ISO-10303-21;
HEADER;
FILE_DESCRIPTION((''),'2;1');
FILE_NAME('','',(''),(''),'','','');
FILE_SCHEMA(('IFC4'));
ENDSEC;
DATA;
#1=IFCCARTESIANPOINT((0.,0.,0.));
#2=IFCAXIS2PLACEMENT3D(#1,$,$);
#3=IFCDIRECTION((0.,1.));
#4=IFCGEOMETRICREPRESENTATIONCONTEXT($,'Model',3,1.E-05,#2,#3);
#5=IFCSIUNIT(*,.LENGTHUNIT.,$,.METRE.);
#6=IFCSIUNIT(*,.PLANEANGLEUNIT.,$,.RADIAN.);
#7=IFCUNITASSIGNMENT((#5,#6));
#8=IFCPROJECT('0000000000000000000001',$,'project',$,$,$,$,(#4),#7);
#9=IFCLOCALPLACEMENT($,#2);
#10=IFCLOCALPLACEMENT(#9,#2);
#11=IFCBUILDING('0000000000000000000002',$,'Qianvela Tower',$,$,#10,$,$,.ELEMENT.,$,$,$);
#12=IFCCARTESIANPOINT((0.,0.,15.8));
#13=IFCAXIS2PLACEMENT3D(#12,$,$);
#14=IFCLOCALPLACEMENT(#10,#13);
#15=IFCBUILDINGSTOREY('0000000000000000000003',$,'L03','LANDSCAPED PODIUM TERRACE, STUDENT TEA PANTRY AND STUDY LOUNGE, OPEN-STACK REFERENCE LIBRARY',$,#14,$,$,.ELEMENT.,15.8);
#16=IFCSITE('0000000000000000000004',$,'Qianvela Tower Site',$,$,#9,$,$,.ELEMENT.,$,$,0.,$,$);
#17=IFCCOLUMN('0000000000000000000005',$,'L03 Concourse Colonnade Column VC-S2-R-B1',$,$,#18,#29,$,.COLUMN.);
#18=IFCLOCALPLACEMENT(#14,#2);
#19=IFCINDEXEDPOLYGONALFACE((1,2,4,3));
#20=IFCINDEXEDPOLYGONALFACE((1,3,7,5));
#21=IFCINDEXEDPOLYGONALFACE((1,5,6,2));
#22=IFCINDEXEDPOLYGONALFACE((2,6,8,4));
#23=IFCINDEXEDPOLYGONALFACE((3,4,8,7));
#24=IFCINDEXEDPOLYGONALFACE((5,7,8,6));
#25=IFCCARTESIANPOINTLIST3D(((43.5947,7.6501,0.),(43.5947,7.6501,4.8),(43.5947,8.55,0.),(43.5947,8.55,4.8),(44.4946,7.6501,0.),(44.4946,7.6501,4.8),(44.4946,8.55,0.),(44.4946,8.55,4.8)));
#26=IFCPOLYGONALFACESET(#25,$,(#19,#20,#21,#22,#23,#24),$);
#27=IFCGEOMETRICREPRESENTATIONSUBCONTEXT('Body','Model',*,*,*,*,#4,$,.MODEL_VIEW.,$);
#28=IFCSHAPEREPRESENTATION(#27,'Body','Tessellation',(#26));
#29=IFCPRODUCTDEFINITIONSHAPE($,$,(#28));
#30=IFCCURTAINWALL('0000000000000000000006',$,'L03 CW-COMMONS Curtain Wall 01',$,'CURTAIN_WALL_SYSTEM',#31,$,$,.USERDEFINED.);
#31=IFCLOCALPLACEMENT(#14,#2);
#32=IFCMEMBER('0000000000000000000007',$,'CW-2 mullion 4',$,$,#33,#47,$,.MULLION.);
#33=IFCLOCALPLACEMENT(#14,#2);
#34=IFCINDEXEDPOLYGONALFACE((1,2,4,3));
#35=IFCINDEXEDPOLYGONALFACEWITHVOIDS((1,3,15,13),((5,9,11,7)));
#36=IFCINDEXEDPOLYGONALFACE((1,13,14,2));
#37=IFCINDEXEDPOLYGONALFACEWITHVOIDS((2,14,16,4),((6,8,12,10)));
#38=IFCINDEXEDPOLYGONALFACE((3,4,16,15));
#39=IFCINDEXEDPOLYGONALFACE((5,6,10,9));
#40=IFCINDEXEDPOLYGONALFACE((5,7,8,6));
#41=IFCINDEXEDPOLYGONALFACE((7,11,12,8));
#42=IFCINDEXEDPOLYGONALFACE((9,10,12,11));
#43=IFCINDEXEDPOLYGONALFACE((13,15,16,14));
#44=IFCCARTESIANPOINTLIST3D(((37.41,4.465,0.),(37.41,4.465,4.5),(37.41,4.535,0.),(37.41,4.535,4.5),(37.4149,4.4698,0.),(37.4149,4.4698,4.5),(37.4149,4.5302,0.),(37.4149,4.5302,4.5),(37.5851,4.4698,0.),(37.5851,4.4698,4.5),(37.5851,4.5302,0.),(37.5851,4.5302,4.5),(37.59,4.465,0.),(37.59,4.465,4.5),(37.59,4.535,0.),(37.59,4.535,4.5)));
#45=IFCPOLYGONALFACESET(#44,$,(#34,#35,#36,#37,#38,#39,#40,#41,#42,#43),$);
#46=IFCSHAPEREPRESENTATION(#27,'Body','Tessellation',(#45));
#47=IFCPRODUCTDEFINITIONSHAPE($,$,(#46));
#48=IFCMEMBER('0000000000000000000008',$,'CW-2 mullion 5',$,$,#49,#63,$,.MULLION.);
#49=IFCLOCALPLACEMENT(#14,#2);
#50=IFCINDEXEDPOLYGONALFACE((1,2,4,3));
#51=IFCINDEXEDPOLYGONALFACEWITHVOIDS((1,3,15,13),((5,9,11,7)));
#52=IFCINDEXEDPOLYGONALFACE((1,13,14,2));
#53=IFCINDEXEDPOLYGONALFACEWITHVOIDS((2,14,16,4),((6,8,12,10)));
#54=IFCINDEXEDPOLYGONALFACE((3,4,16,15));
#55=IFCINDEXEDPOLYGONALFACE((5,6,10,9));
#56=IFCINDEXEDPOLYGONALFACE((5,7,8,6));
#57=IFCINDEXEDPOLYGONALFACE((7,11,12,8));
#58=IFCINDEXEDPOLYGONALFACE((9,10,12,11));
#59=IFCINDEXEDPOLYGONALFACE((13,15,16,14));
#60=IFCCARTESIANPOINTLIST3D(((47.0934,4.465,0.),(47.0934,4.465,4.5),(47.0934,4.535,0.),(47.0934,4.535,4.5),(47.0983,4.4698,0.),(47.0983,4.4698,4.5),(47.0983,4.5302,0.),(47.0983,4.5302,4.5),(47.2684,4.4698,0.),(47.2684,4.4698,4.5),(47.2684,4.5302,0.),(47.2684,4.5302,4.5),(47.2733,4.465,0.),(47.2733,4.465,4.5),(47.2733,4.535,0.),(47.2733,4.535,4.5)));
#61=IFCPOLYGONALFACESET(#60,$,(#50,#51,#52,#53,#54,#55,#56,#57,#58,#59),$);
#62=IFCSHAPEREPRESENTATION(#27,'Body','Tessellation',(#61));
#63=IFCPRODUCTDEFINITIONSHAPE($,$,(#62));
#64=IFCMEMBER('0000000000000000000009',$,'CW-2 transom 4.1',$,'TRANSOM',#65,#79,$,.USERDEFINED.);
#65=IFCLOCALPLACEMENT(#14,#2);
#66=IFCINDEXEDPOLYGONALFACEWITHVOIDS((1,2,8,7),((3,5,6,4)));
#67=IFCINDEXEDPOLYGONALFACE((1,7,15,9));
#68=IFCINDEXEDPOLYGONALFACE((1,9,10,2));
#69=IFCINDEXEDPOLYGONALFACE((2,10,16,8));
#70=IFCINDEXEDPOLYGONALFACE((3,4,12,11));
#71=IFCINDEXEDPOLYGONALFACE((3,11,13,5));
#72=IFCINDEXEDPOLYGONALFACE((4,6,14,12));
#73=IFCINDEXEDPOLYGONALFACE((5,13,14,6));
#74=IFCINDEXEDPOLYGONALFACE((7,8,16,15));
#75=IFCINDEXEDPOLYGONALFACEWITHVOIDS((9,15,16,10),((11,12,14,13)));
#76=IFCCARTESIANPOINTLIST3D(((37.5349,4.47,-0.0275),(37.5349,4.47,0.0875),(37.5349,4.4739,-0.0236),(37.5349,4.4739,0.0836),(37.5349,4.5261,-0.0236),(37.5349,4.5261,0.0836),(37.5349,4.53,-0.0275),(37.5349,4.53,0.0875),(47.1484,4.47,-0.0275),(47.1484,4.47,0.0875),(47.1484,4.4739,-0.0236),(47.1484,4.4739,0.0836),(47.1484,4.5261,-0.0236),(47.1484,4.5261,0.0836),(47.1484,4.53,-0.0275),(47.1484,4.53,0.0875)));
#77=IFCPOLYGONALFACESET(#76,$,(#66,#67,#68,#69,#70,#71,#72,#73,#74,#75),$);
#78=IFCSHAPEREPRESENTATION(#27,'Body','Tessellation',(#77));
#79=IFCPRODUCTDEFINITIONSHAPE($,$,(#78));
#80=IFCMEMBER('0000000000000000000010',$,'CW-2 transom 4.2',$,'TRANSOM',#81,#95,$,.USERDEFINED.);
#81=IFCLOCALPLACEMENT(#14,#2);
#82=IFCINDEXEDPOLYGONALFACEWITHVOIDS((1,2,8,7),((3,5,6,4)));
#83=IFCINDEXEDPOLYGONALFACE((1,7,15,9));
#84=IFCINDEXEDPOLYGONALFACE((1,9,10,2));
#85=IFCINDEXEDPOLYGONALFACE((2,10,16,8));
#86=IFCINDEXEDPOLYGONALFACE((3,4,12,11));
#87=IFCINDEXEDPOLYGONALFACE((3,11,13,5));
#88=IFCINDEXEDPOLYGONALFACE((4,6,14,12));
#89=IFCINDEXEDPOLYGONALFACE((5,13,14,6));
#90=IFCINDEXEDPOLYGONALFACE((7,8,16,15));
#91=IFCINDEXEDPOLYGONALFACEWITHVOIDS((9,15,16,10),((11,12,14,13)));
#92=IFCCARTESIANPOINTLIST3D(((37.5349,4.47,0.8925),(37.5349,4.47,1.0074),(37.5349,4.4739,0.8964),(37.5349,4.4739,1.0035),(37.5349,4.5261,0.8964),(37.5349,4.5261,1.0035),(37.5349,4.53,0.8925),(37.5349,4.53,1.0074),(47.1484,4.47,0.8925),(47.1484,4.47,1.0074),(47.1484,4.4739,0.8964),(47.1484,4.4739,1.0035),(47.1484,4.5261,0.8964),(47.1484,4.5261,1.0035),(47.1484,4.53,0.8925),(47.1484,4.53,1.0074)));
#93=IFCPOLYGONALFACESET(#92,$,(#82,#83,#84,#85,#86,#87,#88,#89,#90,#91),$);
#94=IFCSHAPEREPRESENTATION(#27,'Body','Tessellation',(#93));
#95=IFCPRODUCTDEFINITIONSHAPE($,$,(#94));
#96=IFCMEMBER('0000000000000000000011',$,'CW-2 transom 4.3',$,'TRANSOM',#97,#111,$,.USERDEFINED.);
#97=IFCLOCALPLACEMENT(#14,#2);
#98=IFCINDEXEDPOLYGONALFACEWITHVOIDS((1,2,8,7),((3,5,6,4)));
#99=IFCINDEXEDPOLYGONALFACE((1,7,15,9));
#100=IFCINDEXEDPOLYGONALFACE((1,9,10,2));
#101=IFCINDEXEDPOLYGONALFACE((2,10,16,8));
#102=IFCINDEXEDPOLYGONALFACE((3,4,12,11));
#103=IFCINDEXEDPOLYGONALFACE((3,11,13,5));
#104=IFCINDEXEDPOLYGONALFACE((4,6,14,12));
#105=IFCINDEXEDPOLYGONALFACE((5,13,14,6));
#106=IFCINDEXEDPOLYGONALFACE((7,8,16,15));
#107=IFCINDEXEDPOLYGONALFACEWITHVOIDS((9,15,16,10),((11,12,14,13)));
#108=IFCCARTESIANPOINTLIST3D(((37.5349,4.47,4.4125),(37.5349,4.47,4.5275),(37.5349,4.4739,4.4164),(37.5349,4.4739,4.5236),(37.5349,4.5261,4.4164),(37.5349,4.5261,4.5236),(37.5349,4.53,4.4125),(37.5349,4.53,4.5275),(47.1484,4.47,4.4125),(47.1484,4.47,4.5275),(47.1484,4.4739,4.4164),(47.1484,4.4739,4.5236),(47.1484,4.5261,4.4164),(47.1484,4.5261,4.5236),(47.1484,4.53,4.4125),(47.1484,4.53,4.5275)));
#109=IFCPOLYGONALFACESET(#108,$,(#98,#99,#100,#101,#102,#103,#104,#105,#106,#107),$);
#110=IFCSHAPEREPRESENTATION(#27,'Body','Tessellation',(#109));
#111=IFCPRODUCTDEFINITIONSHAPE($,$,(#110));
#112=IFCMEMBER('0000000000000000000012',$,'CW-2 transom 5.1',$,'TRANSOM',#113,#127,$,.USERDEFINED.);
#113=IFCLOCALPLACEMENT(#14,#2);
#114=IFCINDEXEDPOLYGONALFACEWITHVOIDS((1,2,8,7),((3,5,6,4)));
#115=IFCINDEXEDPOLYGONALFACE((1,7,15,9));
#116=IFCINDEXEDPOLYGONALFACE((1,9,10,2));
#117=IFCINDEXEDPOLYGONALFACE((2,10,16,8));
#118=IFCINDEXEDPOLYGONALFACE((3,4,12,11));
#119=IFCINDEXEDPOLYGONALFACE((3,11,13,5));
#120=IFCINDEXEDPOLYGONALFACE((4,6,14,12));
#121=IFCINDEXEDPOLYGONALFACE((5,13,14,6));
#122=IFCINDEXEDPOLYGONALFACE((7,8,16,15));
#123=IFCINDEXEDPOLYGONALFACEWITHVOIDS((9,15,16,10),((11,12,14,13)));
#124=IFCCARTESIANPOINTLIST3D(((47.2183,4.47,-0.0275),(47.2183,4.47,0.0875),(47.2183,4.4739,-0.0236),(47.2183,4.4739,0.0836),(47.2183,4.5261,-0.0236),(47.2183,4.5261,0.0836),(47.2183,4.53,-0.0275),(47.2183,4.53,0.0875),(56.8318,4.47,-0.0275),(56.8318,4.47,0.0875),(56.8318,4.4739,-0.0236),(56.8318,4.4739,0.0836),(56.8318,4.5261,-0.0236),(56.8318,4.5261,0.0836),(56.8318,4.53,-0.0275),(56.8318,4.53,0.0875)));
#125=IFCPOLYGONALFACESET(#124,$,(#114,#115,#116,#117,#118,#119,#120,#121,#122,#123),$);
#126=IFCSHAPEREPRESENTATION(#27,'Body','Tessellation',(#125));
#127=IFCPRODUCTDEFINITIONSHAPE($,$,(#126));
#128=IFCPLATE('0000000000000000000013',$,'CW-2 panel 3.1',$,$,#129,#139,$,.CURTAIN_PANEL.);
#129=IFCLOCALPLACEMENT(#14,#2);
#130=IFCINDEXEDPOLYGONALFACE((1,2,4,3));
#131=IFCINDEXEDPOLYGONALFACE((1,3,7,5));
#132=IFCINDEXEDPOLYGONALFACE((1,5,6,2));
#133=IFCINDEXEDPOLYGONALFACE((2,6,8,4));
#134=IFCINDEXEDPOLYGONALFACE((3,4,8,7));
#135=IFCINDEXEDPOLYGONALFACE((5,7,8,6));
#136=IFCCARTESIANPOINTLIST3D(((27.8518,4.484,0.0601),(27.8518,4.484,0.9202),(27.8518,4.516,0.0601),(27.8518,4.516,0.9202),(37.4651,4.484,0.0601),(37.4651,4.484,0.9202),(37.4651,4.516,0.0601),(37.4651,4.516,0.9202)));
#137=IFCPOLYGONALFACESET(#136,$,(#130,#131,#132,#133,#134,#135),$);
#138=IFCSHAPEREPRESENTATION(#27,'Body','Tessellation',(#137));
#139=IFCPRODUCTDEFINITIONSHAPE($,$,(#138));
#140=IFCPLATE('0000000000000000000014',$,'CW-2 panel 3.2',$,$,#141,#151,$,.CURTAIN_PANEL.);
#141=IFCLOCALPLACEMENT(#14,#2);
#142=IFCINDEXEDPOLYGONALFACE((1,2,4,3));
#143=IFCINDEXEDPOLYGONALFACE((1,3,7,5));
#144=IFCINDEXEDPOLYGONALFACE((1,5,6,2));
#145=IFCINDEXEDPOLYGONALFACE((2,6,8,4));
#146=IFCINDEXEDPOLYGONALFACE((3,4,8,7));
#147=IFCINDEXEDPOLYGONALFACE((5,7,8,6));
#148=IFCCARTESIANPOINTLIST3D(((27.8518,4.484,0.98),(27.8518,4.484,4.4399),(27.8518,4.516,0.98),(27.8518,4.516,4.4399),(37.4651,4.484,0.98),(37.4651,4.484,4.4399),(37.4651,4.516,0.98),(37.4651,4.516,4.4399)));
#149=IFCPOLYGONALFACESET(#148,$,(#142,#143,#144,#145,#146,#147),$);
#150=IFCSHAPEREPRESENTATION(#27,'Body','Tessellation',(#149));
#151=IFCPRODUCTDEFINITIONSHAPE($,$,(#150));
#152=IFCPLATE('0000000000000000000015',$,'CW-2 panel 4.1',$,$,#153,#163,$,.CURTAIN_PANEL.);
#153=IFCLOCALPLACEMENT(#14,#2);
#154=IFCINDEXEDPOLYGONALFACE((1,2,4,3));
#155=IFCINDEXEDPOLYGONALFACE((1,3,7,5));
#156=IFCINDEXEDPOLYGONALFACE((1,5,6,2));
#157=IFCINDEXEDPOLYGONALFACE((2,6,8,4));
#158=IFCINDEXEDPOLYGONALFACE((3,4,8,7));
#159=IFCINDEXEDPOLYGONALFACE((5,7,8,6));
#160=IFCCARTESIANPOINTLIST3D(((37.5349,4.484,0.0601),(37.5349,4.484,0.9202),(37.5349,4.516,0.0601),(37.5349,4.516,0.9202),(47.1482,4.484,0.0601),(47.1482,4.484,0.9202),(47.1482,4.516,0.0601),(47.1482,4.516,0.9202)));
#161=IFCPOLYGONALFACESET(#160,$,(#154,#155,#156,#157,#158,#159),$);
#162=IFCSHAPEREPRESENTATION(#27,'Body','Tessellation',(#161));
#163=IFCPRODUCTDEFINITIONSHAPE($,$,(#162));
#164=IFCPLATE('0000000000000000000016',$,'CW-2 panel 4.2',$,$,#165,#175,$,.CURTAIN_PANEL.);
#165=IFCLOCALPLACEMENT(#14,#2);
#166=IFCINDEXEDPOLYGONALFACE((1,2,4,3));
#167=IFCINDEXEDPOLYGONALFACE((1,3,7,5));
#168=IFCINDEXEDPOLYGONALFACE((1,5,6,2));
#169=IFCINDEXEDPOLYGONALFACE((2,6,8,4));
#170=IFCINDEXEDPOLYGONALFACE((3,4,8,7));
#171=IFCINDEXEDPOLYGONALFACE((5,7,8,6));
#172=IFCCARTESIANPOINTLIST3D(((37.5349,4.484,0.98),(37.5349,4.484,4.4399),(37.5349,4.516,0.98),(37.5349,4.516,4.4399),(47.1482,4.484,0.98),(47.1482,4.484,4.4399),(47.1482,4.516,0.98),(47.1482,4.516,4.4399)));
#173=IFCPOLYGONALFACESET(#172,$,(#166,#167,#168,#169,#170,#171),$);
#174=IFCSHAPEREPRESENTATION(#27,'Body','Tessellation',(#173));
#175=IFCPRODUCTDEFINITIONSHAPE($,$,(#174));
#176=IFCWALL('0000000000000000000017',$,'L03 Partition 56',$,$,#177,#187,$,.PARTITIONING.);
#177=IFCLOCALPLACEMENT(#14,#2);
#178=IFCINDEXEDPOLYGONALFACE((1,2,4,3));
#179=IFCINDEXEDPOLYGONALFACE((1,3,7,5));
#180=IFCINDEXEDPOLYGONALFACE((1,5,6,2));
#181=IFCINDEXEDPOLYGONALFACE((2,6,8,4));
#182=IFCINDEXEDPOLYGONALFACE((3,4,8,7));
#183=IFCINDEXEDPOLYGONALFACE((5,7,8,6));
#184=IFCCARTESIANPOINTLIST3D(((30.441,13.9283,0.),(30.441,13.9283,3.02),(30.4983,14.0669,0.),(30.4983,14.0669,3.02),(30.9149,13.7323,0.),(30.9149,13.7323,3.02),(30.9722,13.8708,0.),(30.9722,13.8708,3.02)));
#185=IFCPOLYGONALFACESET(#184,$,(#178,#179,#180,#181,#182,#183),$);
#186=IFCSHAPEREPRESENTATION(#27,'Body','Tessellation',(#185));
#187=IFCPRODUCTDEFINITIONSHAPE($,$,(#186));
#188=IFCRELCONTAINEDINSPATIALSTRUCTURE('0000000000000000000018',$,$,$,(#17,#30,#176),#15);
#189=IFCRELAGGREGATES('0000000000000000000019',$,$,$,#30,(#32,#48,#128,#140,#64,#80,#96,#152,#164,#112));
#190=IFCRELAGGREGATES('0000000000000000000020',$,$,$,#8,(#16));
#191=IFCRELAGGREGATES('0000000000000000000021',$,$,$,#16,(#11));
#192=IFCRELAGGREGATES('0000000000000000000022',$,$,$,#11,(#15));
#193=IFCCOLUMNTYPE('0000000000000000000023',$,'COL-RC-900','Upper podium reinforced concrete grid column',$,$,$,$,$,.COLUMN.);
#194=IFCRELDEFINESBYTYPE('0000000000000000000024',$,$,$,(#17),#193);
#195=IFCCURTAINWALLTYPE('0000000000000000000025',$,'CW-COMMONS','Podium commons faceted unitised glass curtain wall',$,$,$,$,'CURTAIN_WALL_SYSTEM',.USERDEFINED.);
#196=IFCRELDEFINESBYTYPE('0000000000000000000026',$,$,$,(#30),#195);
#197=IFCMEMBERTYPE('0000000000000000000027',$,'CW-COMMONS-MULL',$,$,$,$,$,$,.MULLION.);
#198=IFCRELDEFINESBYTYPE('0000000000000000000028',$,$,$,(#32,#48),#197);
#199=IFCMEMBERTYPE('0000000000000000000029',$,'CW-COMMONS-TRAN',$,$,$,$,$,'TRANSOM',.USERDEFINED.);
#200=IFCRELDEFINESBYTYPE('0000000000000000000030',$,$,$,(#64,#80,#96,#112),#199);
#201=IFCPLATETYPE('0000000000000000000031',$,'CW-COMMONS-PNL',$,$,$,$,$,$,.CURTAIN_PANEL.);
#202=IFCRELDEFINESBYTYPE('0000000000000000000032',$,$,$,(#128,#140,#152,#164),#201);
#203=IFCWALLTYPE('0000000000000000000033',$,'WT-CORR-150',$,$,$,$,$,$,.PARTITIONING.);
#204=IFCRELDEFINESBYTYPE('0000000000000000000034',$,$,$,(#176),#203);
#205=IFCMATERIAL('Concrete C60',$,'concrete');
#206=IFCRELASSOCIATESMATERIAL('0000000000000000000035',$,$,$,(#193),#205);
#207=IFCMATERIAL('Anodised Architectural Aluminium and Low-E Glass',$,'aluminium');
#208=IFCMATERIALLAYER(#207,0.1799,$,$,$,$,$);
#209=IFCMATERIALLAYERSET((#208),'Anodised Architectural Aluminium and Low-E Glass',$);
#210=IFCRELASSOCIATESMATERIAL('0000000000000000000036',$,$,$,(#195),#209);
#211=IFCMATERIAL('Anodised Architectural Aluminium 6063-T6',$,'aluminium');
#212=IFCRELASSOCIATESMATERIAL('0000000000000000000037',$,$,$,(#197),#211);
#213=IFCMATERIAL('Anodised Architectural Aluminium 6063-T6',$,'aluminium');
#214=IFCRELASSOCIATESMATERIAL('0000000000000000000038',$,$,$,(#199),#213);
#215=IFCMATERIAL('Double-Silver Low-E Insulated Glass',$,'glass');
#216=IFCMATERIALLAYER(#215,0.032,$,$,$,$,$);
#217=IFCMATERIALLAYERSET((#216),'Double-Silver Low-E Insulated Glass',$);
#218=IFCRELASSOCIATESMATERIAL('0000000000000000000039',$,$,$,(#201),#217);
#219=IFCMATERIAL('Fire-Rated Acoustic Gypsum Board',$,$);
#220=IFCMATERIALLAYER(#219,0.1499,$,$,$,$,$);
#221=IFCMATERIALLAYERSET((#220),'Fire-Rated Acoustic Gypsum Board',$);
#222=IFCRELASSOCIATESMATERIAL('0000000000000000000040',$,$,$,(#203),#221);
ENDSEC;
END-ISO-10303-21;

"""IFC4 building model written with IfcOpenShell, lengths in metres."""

from ifc_helpers import new_model, si_unit, direction, frame, frame_2d, origin, origin_2d, place, context, subcontext, project, spatial, rectangle, hollow_rectangle, extrude, material, layer, layer_set, material_profile, profile_set, type_object, element, aggregate, save


model = new_model("IFC4")

# Units and contexts
model_context = context("Model", 3, precision=1e-05, world=origin(), true_north=direction((0.0, 1.0)))
body_context = subcontext(model_context, "Body", "Model", "MODEL_VIEW")
ifc_project = project(units=[si_unit("LENGTHUNIT", "METRE"), si_unit("PLANEANGLEUNIT", "RADIAN")], contexts=[model_context])

# Site, building, storey
site_placement = place(None, origin())
site = spatial("IfcSite", under=ifc_project, at=site_placement, Name="Qianvela Tower Site", CompositionType="ELEMENT", RefElevation=0.0)
building_placement = place(site_placement, origin())
building = spatial("IfcBuilding", under=site, at=building_placement, Name="Qianvela Tower", CompositionType="ELEMENT")
storey_placement = place(building_placement, frame((0.0, 0.0, 15.8)))
storey = spatial("IfcBuildingStorey", under=building, at=storey_placement, Name="L03", Description="LANDSCAPED PODIUM TERRACE, STUDENT TEA PANTRY AND STUDY LOUNGE, OPEN-STACK REFERENCE LIBRARY", CompositionType="ELEMENT", Elevation=15.8)

# Column
ifc_material_1 = material(Name="Concrete C60", Category="concrete")
ifc_material_profile_1 = material_profile(ifc_material_1, rectangle(XDim=0.8999, YDim=0.8999, at=origin_2d()), Name="RC-COL-900x900")
ifc_profile_set_1 = profile_set([ifc_material_profile_1], Name="Concrete C60")
column_type_1 = type_object("IfcColumnType", Name="COL-RC-900", Description="Upper podium reinforced concrete grid column", PredefinedType="COLUMN", material=ifc_profile_set_1)
for number, where, z_axis, x_axis, name in (
    (1, (44.0447, 8.1001, 0.0), (0.0, 0.0, 1.0), (1.0, 0.0, 0.0), "L03 Concourse Colonnade Column VC-S2-R-B1"),
):
    element("IfcColumn", number, at=place(storey_placement, frame(where, z_axis=z_axis, x_axis=x_axis)), inside=storey, type_object=column_type_1, Name=name, PredefinedType="COLUMN", context=body_context, shape_type="SweptSolid", body=[
        extrude(rectangle(XDim=0.8999, YDim=0.8999, at=origin_2d()), origin(), (0.0, 0.0, 1.0), 4.8),
    ])

# Curtain wall, members, plates
ifc_material_2 = material(Name="Anodised Architectural Aluminium and Low-E Glass", Category="aluminium")
ifc_layer_1 = layer(ifc_material_2, 0.1799)
ifc_layer_set_1 = layer_set([ifc_layer_1], Name="Anodised Architectural Aluminium and Low-E Glass")
curtain_wall_type = type_object("IfcCurtainWallType", Name="CW-COMMONS", Description="Podium commons faceted unitised glass curtain wall", ElementType="CURTAIN_WALL_SYSTEM", PredefinedType="USERDEFINED", material=ifc_layer_set_1)
curtain_wall_placement = place(storey_placement, origin())
curtain_wall = element("IfcCurtainWall", 2, at=curtain_wall_placement, inside=storey, type_object=curtain_wall_type, Name="L03 CW-COMMONS Curtain Wall 01", ObjectType="CURTAIN_WALL_SYSTEM", PredefinedType="USERDEFINED")
ifc_material_3 = material(Name="Anodised Architectural Aluminium 6063-T6", Category="aluminium")
ifc_material_profile_2 = material_profile(ifc_material_3, hollow_rectangle(XDim=0.0701, YDim=0.1799, WallThickness=0.0049, at=origin_2d()), Name="ALU-MULL-70x180")
ifc_profile_set_2 = profile_set([ifc_material_profile_2], Name="Anodised Architectural Aluminium 6063-T6")
member_type_1 = type_object("IfcMemberType", Name="CW-COMMONS-MULL", PredefinedType="MULLION", material=ifc_profile_set_2)
member_1_placement = place(storey_placement, frame((37.5, 4.5, 0.0), z_axis=(0.0, 0.0, 1.0), x_axis=(0.0, 1.0, 0.0)))
member_1 = element("IfcMember", 3, at=member_1_placement, type_object=member_type_1, Name="CW-2 mullion 4", PredefinedType="MULLION", context=body_context, shape_type="SweptSolid", body=[
    extrude(hollow_rectangle(XDim=0.0701, YDim=0.1799, WallThickness=0.0049, at=origin_2d()), origin(), (0.0, 0.0, 1.0), 4.5),
])
member_2_placement = place(storey_placement, frame((47.1833, 4.5, 0.0), z_axis=(0.0, 0.0, 1.0), x_axis=(0.0, 1.0, 0.0)))
member_2 = element("IfcMember", 4, at=member_2_placement, type_object=member_type_1, Name="CW-2 mullion 5", PredefinedType="MULLION", context=body_context, shape_type="SweptSolid", body=[
    extrude(hollow_rectangle(XDim=0.0701, YDim=0.1799, WallThickness=0.0049, at=origin_2d()), origin(), (0.0, 0.0, 1.0), 4.5),
])
ifc_material_4 = material(Name="Anodised Architectural Aluminium 6063-T6", Category="aluminium")
ifc_material_profile_3 = material_profile(ifc_material_4, hollow_rectangle(XDim=0.0601, YDim=0.115, WallThickness=0.0039, at=origin_2d()), Name="ALU-TRAN-60x115")
ifc_profile_set_3 = profile_set([ifc_material_profile_3], Name="Anodised Architectural Aluminium 6063-T6")
member_type_2 = type_object("IfcMemberType", Name="CW-COMMONS-TRAN", ElementType="TRANSOM", PredefinedType="USERDEFINED", material=ifc_profile_set_3)
member_3_placement = place(storey_placement, frame((37.5349, 4.5, 0.03), z_axis=(1.0, 0.0, 0.0), x_axis=(0.0, 1.0, 0.0)))
member_3 = element("IfcMember", 5, at=member_3_placement, type_object=member_type_2, Name="CW-2 transom 4.1", ObjectType="TRANSOM", PredefinedType="USERDEFINED", context=body_context, shape_type="SweptSolid", body=[
    extrude(hollow_rectangle(XDim=0.0601, YDim=0.115, WallThickness=0.0039, at=origin_2d()), origin(), (0.0, 0.0, 1.0), 9.6135),
])
member_4_placement = place(storey_placement, frame((37.5349, 4.5, 0.95), z_axis=(1.0, 0.0, 0.0), x_axis=(0.0, 1.0, 0.0)))
member_4 = element("IfcMember", 6, at=member_4_placement, type_object=member_type_2, Name="CW-2 transom 4.2", ObjectType="TRANSOM", PredefinedType="USERDEFINED", context=body_context, shape_type="SweptSolid", body=[
    extrude(hollow_rectangle(XDim=0.0601, YDim=0.115, WallThickness=0.0039, at=origin_2d()), origin(), (0.0, 0.0, 1.0), 9.6135),
])
member_5_placement = place(storey_placement, frame((37.5349, 4.5, 4.47), z_axis=(1.0, 0.0, 0.0), x_axis=(0.0, 1.0, 0.0)))
member_5 = element("IfcMember", 7, at=member_5_placement, type_object=member_type_2, Name="CW-2 transom 4.3", ObjectType="TRANSOM", PredefinedType="USERDEFINED", context=body_context, shape_type="SweptSolid", body=[
    extrude(hollow_rectangle(XDim=0.0601, YDim=0.115, WallThickness=0.0039, at=origin_2d()), origin(), (0.0, 0.0, 1.0), 9.6135),
])
member_6_placement = place(storey_placement, frame((47.2183, 4.5, 0.03), z_axis=(1.0, 0.0, 0.0), x_axis=(0.0, 1.0, 0.0)))
member_6 = element("IfcMember", 8, at=member_6_placement, type_object=member_type_2, Name="CW-2 transom 5.1", ObjectType="TRANSOM", PredefinedType="USERDEFINED", context=body_context, shape_type="SweptSolid", body=[
    extrude(hollow_rectangle(XDim=0.0601, YDim=0.115, WallThickness=0.0039, at=origin_2d()), origin(), (0.0, 0.0, 1.0), 9.6135),
])
ifc_material_5 = material(Name="Double-Silver Low-E Insulated Glass", Category="glass")
ifc_layer_2 = layer(ifc_material_5, 0.032)
ifc_layer_set_2 = layer_set([ifc_layer_2], Name="Double-Silver Low-E Insulated Glass")
plate_type = type_object("IfcPlateType", Name="CW-COMMONS-PNL", PredefinedType="CURTAIN_PANEL", material=ifc_layer_set_2)
plate_1_placement = place(storey_placement, frame((32.6584, 4.5, 0.0601), z_axis=(0.0, 0.0, 1.0), x_axis=(1.0, 0.0, 0.0)))
plate_1 = element("IfcPlate", 9, at=plate_1_placement, type_object=plate_type, Name="CW-2 panel 3.1", PredefinedType="CURTAIN_PANEL", context=body_context, shape_type="SweptSolid", body=[
    extrude(rectangle(XDim=9.6133, YDim=0.032, at=origin_2d()), origin(), (0.0, 0.0, 1.0), 0.8601),
])
plate_2_placement = place(storey_placement, frame((32.6584, 4.5, 0.98), z_axis=(0.0, 0.0, 1.0), x_axis=(1.0, 0.0, 0.0)))
plate_2 = element("IfcPlate", 10, at=plate_2_placement, type_object=plate_type, Name="CW-2 panel 3.2", PredefinedType="CURTAIN_PANEL", context=body_context, shape_type="SweptSolid", body=[
    extrude(rectangle(XDim=9.6133, YDim=0.032, at=origin_2d()), origin(), (0.0, 0.0, 1.0), 3.46),
])
plate_3_placement = place(storey_placement, frame((42.3416, 4.5, 0.0601), z_axis=(0.0, 0.0, 1.0), x_axis=(1.0, 0.0, 0.0)))
plate_3 = element("IfcPlate", 11, at=plate_3_placement, type_object=plate_type, Name="CW-2 panel 4.1", PredefinedType="CURTAIN_PANEL", context=body_context, shape_type="SweptSolid", body=[
    extrude(rectangle(XDim=9.6133, YDim=0.032, at=origin_2d()), origin(), (0.0, 0.0, 1.0), 0.8601),
])
plate_4_placement = place(storey_placement, frame((42.3416, 4.5, 0.98), z_axis=(0.0, 0.0, 1.0), x_axis=(1.0, 0.0, 0.0)))
plate_4 = element("IfcPlate", 12, at=plate_4_placement, type_object=plate_type, Name="CW-2 panel 4.2", PredefinedType="CURTAIN_PANEL", context=body_context, shape_type="SweptSolid", body=[
    extrude(rectangle(XDim=9.6133, YDim=0.032, at=origin_2d()), origin(), (0.0, 0.0, 1.0), 3.46),
])
aggregate(curtain_wall, [member_1, member_2, plate_1, plate_2, member_3, member_4, member_5, plate_3, plate_4, member_6])

# Wall
ifc_material_6 = material(Name="Fire-Rated Acoustic Gypsum Board")
ifc_layer_3 = layer(ifc_material_6, 0.1499)
ifc_layer_set_3 = layer_set([ifc_layer_3], Name="Fire-Rated Acoustic Gypsum Board")
wall_type_1 = type_object("IfcWallType", Name="WT-CORR-150", PredefinedType="PARTITIONING", material=ifc_layer_set_3)
wall_1_placement = place(storey_placement, frame((30.4697, 13.9976, 0.0), z_axis=(0.0, 0.0, 1.0), x_axis=(0.924046, -0.382282, 0.0)))
element("IfcWall", 13, at=wall_1_placement, inside=storey, type_object=wall_type_1, Name="L03 Partition 56", PredefinedType="PARTITIONING", context=body_context, shape_type="SweptSolid", body=[
    extrude(rectangle(XDim=0.5129, YDim=0.1499, at=frame_2d((0.2563, 0.0))), origin(), (0.0, 0.0, 1.0), 3.02),
])

save(model, "model.ifc")
